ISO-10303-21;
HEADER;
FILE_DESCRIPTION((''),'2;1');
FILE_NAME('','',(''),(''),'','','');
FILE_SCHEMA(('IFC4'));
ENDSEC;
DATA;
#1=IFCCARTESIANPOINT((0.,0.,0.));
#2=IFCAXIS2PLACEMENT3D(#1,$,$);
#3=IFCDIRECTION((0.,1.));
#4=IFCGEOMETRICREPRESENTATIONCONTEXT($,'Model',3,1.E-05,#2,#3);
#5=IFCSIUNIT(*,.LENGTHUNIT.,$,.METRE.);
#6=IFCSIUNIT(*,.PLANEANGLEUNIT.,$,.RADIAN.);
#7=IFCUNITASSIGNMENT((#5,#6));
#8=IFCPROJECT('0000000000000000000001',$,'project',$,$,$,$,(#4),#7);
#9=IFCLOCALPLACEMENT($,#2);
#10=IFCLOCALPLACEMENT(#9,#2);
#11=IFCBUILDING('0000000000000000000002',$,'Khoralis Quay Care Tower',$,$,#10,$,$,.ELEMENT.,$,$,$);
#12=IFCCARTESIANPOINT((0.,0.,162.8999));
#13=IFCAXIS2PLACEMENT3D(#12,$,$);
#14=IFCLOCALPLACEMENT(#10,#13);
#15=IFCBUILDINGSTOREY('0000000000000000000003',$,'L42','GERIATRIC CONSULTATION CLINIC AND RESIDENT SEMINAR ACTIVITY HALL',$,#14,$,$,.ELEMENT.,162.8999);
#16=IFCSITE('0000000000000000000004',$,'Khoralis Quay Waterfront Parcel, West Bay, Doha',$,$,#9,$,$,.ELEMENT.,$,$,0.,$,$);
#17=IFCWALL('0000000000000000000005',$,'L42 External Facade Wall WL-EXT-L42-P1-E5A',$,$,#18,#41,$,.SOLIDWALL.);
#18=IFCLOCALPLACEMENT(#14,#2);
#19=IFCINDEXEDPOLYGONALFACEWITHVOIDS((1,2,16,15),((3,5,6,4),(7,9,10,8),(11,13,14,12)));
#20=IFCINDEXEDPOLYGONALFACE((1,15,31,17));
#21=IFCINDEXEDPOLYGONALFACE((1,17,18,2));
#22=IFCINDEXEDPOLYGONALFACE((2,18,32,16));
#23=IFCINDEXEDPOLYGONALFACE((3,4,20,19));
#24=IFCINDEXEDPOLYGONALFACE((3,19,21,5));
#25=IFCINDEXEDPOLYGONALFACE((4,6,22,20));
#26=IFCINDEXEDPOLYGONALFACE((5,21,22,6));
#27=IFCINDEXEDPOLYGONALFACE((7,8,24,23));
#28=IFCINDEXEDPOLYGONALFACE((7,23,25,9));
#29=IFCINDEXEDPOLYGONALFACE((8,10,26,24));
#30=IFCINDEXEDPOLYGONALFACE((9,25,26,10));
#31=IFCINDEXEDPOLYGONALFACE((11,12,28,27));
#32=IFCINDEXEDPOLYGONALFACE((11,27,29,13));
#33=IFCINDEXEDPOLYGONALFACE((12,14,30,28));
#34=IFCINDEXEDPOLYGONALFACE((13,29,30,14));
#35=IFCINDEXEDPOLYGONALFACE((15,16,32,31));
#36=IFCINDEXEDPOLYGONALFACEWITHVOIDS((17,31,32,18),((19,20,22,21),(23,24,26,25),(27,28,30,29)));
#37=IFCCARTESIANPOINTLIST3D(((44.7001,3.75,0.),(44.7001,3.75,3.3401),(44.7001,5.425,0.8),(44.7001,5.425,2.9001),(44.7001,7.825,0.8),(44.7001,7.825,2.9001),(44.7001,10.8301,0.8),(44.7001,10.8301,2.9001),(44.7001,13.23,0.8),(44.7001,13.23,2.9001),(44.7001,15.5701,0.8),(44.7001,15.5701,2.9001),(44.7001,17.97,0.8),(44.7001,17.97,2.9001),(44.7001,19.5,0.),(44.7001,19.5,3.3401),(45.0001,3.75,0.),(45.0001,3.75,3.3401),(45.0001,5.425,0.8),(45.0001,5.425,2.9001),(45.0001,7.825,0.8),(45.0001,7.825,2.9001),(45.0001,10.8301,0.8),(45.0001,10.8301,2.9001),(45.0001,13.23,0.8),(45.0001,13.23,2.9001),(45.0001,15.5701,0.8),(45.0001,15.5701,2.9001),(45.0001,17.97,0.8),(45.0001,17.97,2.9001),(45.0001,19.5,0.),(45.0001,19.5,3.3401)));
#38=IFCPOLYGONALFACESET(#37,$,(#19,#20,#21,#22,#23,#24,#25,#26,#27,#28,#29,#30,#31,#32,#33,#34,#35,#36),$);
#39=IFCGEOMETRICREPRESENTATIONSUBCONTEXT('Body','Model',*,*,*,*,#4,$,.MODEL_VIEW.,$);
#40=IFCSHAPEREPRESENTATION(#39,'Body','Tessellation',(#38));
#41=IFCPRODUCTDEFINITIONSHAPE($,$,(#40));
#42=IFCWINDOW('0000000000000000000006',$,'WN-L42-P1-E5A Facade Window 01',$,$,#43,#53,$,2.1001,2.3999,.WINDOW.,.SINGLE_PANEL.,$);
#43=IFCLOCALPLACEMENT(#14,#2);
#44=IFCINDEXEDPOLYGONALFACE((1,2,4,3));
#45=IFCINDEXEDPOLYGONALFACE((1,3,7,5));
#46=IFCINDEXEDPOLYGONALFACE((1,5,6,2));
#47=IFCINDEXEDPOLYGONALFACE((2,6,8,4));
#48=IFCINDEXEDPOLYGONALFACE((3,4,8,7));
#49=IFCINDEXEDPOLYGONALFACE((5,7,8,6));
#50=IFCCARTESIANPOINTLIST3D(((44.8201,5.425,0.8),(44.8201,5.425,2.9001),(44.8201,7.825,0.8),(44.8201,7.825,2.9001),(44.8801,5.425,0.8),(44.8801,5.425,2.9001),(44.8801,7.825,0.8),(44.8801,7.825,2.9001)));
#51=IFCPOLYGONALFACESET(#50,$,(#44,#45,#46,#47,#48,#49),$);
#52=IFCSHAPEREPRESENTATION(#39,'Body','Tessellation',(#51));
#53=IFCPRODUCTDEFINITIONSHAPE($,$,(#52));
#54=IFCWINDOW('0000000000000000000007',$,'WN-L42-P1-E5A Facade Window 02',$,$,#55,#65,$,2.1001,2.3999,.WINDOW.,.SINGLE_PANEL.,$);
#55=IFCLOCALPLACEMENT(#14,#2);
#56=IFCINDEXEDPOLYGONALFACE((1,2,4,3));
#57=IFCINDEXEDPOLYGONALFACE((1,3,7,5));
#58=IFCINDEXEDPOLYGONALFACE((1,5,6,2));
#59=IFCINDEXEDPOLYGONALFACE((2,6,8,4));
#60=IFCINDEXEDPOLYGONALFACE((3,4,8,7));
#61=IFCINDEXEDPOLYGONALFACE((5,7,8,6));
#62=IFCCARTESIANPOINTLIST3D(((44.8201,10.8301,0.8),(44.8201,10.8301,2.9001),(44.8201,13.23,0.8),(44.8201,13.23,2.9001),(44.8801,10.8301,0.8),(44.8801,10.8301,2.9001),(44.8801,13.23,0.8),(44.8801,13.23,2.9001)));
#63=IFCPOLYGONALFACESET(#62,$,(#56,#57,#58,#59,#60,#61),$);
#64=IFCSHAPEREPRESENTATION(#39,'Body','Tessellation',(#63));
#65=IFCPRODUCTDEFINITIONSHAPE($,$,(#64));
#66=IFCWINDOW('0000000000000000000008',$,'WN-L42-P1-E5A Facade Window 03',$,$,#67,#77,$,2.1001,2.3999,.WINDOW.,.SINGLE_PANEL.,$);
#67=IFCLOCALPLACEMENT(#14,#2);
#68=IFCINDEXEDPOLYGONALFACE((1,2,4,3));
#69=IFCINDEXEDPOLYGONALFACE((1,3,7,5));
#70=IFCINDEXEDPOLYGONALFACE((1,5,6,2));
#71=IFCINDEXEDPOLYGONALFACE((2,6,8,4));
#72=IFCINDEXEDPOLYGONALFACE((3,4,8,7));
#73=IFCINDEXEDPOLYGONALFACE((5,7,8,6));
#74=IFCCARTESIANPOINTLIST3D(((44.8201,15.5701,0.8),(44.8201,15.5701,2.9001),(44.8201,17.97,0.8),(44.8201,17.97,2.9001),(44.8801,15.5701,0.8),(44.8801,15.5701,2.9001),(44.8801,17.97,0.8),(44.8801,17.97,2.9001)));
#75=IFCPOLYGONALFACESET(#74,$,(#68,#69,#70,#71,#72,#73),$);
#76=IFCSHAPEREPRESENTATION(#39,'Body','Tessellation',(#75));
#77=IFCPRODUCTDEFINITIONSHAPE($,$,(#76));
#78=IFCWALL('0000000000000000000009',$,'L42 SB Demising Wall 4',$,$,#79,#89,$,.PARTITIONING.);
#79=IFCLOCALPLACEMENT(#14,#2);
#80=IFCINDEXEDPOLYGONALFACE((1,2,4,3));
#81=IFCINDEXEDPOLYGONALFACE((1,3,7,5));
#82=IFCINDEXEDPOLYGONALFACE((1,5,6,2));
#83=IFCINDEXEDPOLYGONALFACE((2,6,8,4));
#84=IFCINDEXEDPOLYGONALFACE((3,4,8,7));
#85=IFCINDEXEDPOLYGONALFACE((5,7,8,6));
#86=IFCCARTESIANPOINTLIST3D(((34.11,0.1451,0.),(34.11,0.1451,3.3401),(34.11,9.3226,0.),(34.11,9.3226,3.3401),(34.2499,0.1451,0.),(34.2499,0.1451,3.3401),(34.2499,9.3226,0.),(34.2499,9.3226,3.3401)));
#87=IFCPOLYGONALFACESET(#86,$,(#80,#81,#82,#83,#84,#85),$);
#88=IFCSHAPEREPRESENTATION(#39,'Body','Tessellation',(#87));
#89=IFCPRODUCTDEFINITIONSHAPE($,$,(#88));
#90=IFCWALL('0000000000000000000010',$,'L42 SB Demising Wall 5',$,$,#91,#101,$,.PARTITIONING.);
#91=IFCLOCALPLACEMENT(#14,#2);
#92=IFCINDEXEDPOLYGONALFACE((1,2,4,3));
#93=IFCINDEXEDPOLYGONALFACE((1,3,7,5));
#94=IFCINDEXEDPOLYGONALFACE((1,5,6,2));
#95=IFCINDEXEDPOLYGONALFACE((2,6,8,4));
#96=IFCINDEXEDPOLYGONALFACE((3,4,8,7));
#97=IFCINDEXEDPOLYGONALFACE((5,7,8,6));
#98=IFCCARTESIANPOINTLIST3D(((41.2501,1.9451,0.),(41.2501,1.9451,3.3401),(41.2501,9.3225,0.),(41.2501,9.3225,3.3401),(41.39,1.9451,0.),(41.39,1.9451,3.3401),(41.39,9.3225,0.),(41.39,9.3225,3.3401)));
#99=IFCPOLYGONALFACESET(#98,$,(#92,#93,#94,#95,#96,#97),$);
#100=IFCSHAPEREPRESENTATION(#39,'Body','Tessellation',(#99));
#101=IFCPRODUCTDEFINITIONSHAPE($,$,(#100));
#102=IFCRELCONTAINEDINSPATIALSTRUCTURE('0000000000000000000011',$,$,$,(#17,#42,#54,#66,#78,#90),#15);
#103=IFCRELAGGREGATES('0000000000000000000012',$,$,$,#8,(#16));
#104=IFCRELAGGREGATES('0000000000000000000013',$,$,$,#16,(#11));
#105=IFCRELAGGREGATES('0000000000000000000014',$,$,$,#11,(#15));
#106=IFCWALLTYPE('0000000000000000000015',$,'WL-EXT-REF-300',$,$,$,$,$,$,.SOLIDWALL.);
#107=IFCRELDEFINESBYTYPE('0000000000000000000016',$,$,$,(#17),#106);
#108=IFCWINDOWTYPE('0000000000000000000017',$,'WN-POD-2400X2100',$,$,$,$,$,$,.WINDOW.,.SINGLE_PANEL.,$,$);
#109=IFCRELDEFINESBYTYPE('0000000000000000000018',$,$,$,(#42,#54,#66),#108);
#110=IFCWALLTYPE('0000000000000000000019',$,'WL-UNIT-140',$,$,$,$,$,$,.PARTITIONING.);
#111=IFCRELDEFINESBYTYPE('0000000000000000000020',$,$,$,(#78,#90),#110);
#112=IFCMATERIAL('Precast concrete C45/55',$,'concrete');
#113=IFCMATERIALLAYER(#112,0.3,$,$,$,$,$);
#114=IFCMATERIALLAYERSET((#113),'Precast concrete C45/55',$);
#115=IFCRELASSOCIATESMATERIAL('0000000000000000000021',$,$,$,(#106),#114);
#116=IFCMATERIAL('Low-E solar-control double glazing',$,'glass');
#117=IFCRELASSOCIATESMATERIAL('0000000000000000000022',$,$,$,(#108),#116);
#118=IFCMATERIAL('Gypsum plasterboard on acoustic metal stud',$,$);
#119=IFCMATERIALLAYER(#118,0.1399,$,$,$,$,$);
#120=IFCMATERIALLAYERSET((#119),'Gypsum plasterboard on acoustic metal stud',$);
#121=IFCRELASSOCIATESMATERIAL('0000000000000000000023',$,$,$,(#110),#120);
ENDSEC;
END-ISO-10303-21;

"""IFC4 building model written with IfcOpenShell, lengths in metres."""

from ifc_helpers import new_model, si_unit, direction, frame, frame_2d, origin, place, context, subcontext, project, spatial, rectangle, extrude, source, transform, mapped, material, layer, layer_set, type_object, element, fill, save


model = new_model("IFC4")

# Units and contexts
model_context = context("Model", 3, precision=1e-05, world=origin(), true_north=direction((0.0, 1.0)))
body_context = subcontext(model_context, "Body", "Model", "MODEL_VIEW")
ifc_project = project(units=[si_unit("LENGTHUNIT", "METRE"), si_unit("PLANEANGLEUNIT", "RADIAN")], contexts=[model_context])

# Site, building, storey
site_placement = place(None, origin())
site = spatial("IfcSite", under=ifc_project, at=site_placement, Name="Khoralis Quay Waterfront Parcel, West Bay, Doha", CompositionType="ELEMENT", RefElevation=0.0)
building_placement = place(site_placement, origin())
building = spatial("IfcBuilding", under=site, at=building_placement, Name="Khoralis Quay Care Tower", CompositionType="ELEMENT")
storey_placement = place(building_placement, frame((0.0, 0.0, 162.8999)))
storey = spatial("IfcBuildingStorey", under=building, at=storey_placement, Name="L42", Description="GERIATRIC CONSULTATION CLINIC AND RESIDENT SEMINAR ACTIVITY HALL", CompositionType="ELEMENT", Elevation=162.8999)

# Shared definitions
ifc_material_1 = material(Name="Gypsum plasterboard on acoustic metal stud")

# Shared definitions
ifc_material_2 = material(Name="Precast concrete C45/55", Category="concrete")
ifc_layer_1 = layer(ifc_material_2, 0.3)
ifc_layer_set_1 = layer_set([ifc_layer_1], Name="Precast concrete C45/55")
wall_type_1 = type_object("IfcWallType", Name="WL-EXT-REF-300", PredefinedType="SOLIDWALL", material=ifc_layer_set_1)

# Wall, openings, windows
wall_1_placement = place(storey_placement, frame((44.8501, 3.75, 0.0), z_axis=(0.0, 0.0, 1.0), x_axis=(0.0, 1.0, 0.0)))
wall_1 = element("IfcWall", 1, at=wall_1_placement, inside=storey, type_object=wall_type_1, Name="L42 External Facade Wall WL-EXT-L42-P1-E5A", PredefinedType="SOLIDWALL", context=body_context, shape_type="SweptSolid", body=[
    extrude(rectangle(XDim=15.75, YDim=0.3, at=frame_2d((7.875, 0.0))), origin(), (0.0, 0.0, 1.0), 3.3401),
])
opening_1_placement = place(wall_1_placement, frame((1.675, 0.0, 0.8)))
opening_1 = element("IfcOpeningElement", 2, at=opening_1_placement, cuts=wall_1, PredefinedType="OPENING", context=body_context, shape_type="SweptSolid", body=[
    extrude(rectangle(XDim=2.3999, YDim=2.1001, at=frame_2d((1.2, 1.05))), frame((0.0, 0.1602, 0.0), z_axis=(0.0, -1.0, 0.0), x_axis=(1.0, 0.0, 0.0)), (0.0, 0.0, 1.0), 0.3201),
])
opening_2_placement = place(wall_1_placement, frame((7.0801, 0.0, 0.8)))
opening_2 = element("IfcOpeningElement", 3, at=opening_2_placement, cuts=wall_1, PredefinedType="OPENING", context=body_context, shape_type="SweptSolid", body=[
    extrude(rectangle(XDim=2.3999, YDim=2.1001, at=frame_2d((1.2, 1.05))), frame((0.0, 0.1602, 0.0), z_axis=(0.0, -1.0, 0.0), x_axis=(1.0, 0.0, 0.0)), (0.0, 0.0, 1.0), 0.3201),
])
opening_3_placement = place(wall_1_placement, frame((11.8201, 0.0, 0.8)))
opening_3 = element("IfcOpeningElement", 4, at=opening_3_placement, cuts=wall_1, PredefinedType="OPENING", context=body_context, shape_type="SweptSolid", body=[
    extrude(rectangle(XDim=2.3999, YDim=2.1001, at=frame_2d((1.2, 1.05))), frame((0.0, 0.1602, 0.0), z_axis=(0.0, -1.0, 0.0), x_axis=(1.0, 0.0, 0.0)), (0.0, 0.0, 1.0), 0.3201),
])
ifc_material_3 = material(Name="Low-E solar-control double glazing", Category="glass")
window_type = type_object("IfcWindowType", Name="WN-POD-2400X2100", PartitioningType="SINGLE_PANEL", PredefinedType="WINDOW", material=ifc_material_3)
shared_shape_1 = source(origin(), body_context, "Body", "SweptSolid", [
    extrude(rectangle(XDim=2.3999, YDim=2.1001, at=frame_2d((1.2, 1.05))), frame((0.0, 0.03, 0.0), z_axis=(0.0, -1.0, 0.0), x_axis=(1.0, 0.0, 0.0)), (0.0, 0.0, 1.0), 0.0601),
])
window_1_placement = place(opening_1_placement, origin())
window_1 = element("IfcWindow", 5, at=window_1_placement, inside=storey, type_object=window_type, Name="WN-L42-P1-E5A Facade Window 01", OverallHeight=2.1001, OverallWidth=2.3999, PartitioningType="SINGLE_PANEL", PredefinedType="WINDOW", context=body_context, shape_type="MappedRepresentation", body=[
    mapped(shared_shape_1, transform((0.0, 0.0, 0.0), scale=1.0)),
])
fill(opening_1, window_1)
window_2_placement = place(opening_2_placement, origin())
window_2 = element("IfcWindow", 6, at=window_2_placement, inside=storey, type_object=window_type, Name="WN-L42-P1-E5A Facade Window 02", OverallHeight=2.1001, OverallWidth=2.3999, PartitioningType="SINGLE_PANEL", PredefinedType="WINDOW", context=body_context, shape_type="MappedRepresentation", body=[
    mapped(shared_shape_1, transform((0.0, 0.0, 0.0), scale=1.0)),
])
fill(opening_2, window_2)
window_3_placement = place(opening_3_placement, origin())
window_3 = element("IfcWindow", 7, at=window_3_placement, inside=storey, type_object=window_type, Name="WN-L42-P1-E5A Facade Window 03", OverallHeight=2.1001, OverallWidth=2.3999, PartitioningType="SINGLE_PANEL", PredefinedType="WINDOW", context=body_context, shape_type="MappedRepresentation", body=[
    mapped(shared_shape_1, transform((0.0, 0.0, 0.0), scale=1.0)),
])
fill(opening_3, window_3)

# Walls
ifc_layer_2 = layer(ifc_material_1, 0.1399)
ifc_layer_set_2 = layer_set([ifc_layer_2], Name="Gypsum plasterboard on acoustic metal stud")
wall_type_2 = type_object("IfcWallType", Name="WL-UNIT-140", PredefinedType="PARTITIONING", material=ifc_layer_set_2)
wall_2_placement = place(storey_placement, frame((34.1799, 0.145, 0.0), z_axis=(0.0, 0.0, 1.0), x_axis=(0.0, 1.0, 0.0)))
element("IfcWall", 8, at=wall_2_placement, inside=storey, type_object=wall_type_2, Name="L42 SB Demising Wall 4", PredefinedType="PARTITIONING", context=body_context, shape_type="SweptSolid", body=[
    extrude(rectangle(XDim=9.1775, YDim=0.1399, at=frame_2d((4.5889, 0.0))), origin(), (0.0, 0.0, 1.0), 3.3401),
])
wall_3_placement = place(storey_placement, frame((41.3201, 1.9451, 0.0), z_axis=(0.0, 0.0, 1.0), x_axis=(0.0, 1.0, 0.0)))
element("IfcWall", 9, at=wall_3_placement, inside=storey, type_object=wall_type_2, Name="L42 SB Demising Wall 5", PredefinedType="PARTITIONING", context=body_context, shape_type="SweptSolid", body=[
    extrude(rectangle(XDim=7.3774, YDim=0.1399, at=frame_2d((3.6887, 0.0))), origin(), (0.0, 0.0, 1.0), 3.3401),
])

save(model, "model.ifc")
